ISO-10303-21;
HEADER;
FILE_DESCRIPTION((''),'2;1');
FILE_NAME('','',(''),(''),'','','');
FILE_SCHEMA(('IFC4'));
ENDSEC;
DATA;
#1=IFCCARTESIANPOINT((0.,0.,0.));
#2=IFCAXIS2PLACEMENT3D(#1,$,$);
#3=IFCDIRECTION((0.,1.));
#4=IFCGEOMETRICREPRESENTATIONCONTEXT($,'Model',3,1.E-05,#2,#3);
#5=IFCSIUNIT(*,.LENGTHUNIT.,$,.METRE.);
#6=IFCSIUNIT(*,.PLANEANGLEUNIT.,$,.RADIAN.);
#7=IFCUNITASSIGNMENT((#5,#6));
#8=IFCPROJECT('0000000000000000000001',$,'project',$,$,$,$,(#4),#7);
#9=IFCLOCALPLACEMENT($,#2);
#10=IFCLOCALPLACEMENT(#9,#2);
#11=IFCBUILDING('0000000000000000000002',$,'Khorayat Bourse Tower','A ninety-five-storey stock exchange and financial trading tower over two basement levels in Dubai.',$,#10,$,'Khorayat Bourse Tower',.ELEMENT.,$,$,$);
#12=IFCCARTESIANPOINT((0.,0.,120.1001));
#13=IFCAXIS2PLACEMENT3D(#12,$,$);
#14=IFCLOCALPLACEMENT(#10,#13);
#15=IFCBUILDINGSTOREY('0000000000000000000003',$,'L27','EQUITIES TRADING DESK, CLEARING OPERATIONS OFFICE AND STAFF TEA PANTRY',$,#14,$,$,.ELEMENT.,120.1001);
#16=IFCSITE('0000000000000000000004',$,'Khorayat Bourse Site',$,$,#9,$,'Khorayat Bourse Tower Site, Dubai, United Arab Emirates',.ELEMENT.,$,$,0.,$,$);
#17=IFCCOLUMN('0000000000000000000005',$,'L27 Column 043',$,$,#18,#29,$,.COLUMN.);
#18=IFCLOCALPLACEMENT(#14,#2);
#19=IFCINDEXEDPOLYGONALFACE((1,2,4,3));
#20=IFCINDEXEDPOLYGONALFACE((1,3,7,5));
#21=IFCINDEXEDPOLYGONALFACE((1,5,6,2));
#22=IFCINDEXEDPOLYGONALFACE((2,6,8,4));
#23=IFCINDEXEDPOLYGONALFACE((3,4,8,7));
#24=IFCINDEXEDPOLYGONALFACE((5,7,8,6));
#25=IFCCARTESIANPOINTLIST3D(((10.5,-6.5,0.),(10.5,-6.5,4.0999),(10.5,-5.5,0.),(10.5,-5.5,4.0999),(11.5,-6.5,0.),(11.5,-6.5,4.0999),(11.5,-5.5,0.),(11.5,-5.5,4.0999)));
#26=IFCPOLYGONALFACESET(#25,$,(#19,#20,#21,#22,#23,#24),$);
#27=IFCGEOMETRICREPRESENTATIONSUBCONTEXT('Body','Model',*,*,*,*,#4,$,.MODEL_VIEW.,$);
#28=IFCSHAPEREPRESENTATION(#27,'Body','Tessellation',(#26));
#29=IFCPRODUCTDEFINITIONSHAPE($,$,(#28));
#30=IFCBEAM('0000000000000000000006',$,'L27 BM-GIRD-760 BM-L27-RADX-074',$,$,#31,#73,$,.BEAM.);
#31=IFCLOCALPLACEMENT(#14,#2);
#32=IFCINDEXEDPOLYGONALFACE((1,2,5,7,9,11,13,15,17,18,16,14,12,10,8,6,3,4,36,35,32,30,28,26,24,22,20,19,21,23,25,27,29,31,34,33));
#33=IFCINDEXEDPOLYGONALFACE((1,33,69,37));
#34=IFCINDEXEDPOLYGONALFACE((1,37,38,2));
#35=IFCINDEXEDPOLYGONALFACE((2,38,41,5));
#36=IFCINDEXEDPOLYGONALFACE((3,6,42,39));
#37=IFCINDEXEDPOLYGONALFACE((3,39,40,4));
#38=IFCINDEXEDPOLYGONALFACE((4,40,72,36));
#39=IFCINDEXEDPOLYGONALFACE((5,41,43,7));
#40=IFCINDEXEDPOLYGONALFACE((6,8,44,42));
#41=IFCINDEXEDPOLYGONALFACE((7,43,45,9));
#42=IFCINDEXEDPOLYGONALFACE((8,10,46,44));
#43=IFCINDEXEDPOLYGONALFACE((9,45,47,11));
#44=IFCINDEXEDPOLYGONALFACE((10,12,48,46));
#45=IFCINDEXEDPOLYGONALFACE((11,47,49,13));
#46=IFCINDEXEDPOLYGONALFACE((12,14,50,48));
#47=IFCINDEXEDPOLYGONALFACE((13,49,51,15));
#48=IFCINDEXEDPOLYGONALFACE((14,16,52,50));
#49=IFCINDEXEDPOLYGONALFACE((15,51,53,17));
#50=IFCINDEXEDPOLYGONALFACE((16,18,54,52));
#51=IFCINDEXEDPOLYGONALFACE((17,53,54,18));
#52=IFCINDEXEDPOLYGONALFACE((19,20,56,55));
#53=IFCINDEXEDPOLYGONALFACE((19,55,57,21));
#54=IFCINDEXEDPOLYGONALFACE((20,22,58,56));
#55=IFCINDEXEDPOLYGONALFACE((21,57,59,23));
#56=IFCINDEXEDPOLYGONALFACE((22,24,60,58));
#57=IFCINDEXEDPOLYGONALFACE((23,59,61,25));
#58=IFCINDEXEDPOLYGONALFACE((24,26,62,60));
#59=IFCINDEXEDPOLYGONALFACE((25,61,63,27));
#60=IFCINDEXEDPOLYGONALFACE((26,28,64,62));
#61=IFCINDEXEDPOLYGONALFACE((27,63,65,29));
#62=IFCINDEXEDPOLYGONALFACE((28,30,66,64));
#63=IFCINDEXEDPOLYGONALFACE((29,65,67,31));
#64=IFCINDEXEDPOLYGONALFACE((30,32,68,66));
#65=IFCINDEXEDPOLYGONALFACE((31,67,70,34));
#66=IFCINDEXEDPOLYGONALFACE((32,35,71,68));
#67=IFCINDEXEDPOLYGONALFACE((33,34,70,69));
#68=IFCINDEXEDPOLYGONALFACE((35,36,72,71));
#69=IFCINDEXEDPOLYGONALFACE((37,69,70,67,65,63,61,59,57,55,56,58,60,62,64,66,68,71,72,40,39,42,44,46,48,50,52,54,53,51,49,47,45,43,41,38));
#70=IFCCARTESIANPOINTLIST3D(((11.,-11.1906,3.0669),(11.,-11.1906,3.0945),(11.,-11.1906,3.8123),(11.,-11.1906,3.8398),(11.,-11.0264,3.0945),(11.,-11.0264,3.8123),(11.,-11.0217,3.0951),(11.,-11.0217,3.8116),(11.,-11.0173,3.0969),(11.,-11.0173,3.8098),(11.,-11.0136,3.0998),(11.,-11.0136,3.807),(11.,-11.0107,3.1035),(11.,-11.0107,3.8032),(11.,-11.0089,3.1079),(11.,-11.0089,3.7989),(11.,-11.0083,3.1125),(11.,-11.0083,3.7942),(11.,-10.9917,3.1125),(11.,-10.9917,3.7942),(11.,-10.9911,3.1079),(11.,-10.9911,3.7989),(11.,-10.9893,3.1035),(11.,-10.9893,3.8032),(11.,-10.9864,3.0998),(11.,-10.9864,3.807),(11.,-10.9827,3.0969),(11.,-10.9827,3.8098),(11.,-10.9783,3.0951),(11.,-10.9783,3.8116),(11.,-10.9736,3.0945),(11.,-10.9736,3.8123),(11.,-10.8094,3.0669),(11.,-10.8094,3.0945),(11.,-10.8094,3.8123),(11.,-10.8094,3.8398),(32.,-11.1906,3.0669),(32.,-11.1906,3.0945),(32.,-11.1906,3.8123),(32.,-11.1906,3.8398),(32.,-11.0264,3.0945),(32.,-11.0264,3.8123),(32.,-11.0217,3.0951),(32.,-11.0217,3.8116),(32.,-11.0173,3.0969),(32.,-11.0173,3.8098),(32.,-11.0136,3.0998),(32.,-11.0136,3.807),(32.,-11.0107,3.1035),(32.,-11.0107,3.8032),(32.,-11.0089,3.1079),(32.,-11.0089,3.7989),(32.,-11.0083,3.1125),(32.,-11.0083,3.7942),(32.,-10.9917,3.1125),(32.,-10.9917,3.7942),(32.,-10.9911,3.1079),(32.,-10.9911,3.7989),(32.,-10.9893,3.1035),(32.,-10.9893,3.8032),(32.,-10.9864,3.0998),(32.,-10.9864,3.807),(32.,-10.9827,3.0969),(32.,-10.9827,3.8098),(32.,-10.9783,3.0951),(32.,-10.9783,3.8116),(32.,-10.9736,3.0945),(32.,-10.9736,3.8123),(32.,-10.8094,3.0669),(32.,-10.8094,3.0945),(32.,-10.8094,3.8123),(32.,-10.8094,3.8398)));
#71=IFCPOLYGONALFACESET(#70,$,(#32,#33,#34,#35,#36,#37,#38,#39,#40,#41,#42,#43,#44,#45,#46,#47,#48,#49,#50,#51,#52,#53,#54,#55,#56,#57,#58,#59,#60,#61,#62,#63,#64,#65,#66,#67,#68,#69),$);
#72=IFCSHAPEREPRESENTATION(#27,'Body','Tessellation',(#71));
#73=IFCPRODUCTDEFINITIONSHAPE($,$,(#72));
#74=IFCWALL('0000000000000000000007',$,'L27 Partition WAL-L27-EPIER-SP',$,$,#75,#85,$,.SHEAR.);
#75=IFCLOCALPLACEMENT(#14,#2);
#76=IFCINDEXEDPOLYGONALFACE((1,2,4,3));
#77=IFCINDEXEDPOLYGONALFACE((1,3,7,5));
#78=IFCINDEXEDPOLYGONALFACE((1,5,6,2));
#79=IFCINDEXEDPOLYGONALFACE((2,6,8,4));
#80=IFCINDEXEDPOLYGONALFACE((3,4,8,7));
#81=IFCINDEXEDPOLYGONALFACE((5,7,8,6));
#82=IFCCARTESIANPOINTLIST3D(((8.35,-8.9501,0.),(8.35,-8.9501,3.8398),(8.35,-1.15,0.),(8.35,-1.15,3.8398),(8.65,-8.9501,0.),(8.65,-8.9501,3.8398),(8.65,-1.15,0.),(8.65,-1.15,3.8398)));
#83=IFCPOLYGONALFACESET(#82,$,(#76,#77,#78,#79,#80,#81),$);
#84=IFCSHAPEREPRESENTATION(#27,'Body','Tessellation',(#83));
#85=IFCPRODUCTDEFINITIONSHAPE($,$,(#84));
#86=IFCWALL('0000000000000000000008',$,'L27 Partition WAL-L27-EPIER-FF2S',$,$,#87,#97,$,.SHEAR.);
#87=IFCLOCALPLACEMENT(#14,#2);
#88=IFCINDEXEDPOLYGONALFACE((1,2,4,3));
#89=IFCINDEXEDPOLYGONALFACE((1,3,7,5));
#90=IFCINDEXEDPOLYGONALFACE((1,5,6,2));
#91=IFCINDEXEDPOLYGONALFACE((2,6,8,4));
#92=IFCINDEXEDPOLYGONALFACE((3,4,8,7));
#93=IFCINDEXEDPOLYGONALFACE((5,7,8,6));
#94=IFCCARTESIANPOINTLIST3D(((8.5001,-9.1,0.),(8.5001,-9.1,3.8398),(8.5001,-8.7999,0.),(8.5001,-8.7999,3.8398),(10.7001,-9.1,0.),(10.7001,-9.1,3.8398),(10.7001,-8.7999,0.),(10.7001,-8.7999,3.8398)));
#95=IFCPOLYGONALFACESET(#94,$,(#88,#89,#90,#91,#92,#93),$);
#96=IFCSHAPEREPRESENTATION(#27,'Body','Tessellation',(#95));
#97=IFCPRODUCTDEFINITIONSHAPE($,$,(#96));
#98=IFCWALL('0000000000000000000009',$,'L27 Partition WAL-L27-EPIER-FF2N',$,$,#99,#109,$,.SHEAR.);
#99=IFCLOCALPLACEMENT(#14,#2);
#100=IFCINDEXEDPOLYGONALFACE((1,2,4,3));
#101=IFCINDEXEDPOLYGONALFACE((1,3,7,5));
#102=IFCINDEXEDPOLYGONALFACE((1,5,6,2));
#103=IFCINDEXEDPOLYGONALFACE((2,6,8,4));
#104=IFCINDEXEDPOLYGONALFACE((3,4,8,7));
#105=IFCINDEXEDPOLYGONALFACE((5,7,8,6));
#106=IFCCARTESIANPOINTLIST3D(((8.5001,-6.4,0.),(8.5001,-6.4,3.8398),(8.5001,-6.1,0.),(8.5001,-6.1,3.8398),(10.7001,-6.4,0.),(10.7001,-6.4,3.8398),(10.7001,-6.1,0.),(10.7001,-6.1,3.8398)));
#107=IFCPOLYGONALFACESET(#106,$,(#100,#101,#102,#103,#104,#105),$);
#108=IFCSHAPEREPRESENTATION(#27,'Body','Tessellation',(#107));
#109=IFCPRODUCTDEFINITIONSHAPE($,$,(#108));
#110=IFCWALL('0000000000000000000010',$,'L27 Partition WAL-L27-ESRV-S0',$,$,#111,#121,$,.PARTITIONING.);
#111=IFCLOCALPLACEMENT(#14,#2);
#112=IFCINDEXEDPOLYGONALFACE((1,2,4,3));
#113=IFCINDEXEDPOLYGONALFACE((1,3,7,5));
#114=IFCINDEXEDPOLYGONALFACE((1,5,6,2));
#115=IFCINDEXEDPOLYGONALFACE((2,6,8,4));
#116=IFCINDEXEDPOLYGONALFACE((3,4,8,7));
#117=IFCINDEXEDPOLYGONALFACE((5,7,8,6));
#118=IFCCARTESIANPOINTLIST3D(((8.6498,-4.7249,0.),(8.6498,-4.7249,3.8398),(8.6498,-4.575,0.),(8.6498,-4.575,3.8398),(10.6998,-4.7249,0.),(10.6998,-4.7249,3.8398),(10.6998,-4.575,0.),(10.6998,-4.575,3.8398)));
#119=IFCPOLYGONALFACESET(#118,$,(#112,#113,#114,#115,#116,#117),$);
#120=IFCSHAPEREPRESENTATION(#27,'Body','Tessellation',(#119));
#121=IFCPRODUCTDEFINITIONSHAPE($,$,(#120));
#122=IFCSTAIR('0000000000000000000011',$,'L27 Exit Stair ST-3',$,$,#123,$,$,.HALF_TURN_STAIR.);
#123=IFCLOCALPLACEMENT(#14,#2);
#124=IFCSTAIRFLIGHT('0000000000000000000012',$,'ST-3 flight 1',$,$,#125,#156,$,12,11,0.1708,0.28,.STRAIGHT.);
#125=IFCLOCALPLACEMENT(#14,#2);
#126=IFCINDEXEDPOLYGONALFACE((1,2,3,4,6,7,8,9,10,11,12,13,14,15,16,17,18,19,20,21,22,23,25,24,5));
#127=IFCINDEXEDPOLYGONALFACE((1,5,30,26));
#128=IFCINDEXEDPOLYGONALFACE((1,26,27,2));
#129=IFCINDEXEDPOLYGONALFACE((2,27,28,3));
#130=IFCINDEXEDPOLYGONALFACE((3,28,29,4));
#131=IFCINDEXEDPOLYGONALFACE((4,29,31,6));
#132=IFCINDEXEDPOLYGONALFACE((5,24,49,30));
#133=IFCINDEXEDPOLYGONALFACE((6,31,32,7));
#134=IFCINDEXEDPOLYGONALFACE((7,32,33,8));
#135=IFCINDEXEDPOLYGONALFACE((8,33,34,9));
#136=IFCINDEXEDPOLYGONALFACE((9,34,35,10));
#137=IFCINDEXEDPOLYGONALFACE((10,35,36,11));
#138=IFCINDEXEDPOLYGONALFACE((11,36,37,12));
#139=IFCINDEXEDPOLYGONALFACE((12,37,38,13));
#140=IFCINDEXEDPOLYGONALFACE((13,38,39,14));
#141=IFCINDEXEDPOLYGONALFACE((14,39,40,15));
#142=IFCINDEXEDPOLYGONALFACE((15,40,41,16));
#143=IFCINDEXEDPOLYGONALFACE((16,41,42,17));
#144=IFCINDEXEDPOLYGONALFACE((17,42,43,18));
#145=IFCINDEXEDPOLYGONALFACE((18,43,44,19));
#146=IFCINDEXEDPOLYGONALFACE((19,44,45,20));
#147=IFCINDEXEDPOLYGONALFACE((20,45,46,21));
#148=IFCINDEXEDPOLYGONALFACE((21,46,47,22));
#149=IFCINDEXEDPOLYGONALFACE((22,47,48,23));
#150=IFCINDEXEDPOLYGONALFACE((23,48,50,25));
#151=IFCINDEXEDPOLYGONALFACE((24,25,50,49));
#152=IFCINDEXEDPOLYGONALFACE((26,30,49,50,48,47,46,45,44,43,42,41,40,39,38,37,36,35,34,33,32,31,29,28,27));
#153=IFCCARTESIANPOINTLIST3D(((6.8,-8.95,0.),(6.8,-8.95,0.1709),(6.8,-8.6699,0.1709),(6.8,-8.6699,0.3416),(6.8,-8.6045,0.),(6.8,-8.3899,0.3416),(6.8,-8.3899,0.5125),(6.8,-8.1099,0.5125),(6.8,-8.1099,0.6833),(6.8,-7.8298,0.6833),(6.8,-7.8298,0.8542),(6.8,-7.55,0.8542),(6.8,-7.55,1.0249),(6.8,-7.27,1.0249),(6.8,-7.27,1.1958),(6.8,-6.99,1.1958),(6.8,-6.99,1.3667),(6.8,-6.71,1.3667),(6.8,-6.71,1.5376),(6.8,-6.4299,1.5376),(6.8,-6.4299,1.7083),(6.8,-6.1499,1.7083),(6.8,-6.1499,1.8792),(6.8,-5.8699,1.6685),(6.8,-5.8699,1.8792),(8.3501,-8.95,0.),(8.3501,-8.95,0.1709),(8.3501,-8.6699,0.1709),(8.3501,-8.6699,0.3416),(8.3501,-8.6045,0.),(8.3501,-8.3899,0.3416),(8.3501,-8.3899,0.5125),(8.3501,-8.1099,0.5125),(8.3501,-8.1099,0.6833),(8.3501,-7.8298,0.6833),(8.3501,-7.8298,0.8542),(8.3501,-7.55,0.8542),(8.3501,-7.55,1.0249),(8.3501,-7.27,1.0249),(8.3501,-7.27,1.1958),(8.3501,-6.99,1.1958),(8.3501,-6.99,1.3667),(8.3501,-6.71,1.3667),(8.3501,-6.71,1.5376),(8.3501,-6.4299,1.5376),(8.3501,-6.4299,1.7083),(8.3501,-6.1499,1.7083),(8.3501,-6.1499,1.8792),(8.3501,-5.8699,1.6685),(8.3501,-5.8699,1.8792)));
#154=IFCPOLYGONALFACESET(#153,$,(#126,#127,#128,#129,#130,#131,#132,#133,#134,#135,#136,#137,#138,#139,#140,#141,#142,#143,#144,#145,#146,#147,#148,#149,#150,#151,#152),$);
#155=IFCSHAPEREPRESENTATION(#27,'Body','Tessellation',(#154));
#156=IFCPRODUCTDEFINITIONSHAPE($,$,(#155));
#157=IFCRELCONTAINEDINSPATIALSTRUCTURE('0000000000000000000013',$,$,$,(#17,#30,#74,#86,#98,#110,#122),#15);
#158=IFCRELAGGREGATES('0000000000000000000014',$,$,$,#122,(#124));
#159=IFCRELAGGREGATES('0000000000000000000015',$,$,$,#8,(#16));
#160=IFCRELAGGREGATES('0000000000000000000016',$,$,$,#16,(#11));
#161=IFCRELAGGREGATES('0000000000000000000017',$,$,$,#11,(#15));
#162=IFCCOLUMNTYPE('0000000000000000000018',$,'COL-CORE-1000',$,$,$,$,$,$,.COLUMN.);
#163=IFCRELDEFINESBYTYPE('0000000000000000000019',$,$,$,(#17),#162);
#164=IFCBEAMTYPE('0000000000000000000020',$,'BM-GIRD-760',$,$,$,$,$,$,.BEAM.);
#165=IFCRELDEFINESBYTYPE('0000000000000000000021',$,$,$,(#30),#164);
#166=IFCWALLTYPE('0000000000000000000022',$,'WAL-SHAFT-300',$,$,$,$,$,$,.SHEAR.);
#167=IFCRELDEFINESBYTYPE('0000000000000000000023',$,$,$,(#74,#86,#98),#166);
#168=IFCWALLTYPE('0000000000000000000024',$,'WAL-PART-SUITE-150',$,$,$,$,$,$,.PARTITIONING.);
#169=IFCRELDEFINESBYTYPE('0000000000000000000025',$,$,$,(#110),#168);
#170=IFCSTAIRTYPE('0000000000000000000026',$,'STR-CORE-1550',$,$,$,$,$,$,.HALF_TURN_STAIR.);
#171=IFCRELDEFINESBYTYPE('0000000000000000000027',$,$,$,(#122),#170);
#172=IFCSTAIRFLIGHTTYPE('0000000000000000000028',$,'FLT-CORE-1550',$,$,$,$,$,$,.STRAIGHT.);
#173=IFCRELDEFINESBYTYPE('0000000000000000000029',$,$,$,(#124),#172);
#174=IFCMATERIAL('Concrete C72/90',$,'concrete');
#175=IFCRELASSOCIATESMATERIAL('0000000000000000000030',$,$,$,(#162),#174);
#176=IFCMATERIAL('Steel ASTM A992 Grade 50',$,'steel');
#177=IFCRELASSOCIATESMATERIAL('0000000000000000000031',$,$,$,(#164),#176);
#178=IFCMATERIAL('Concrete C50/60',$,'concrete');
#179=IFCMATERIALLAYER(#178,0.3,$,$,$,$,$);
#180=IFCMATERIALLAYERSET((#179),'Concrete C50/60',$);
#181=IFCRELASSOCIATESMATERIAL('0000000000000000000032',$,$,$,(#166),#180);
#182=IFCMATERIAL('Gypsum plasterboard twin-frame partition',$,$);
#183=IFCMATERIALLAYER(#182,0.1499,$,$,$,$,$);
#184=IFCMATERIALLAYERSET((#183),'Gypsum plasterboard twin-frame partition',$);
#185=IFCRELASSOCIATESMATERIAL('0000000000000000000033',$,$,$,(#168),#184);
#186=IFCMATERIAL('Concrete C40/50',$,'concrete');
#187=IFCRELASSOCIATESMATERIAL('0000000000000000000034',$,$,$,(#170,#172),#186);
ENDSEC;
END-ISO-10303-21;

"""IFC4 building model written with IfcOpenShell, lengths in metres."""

from ifc_helpers import new_model, si_unit, direction, frame, frame_2d, origin, origin_2d, place, context, subcontext, project, spatial, polyline, rectangle, i_section, outline, extrude, source, transform, mapped, material, layer, layer_set, material_profile, profile_set, type_object, element, aggregate, save


model = new_model("IFC4")

# Units and contexts
model_context = context("Model", 3, precision=1e-05, world=origin(), true_north=direction((0.0, 1.0)))
body_context = subcontext(model_context, "Body", "Model", "MODEL_VIEW")
ifc_project = project(units=[si_unit("LENGTHUNIT", "METRE"), si_unit("PLANEANGLEUNIT", "RADIAN")], contexts=[model_context])

# Site, building, storey
site_placement = place(None, origin())
site = spatial("IfcSite", under=ifc_project, at=site_placement, Name="Khorayat Bourse Site", LongName="Khorayat Bourse Tower Site, Dubai, United Arab Emirates", CompositionType="ELEMENT", RefElevation=0.0)
building_placement = place(site_placement, origin())
building = spatial("IfcBuilding", under=site, at=building_placement, Name="Khorayat Bourse Tower", Description="A ninety-five-storey stock exchange and financial trading tower over two basement levels in Dubai.", LongName="Khorayat Bourse Tower", CompositionType="ELEMENT")
storey_placement = place(building_placement, frame((0.0, 0.0, 120.1001)))
storey = spatial("IfcBuildingStorey", under=building, at=storey_placement, Name="L27", Description="EQUITIES TRADING DESK, CLEARING OPERATIONS OFFICE AND STAFF TEA PANTRY", CompositionType="ELEMENT", Elevation=120.1001)

# Column
ifc_material_1 = material(Name="Concrete C72/90", Category="concrete")
ifc_material_profile_1 = material_profile(ifc_material_1, rectangle(XDim=1.0, YDim=1.0, at=origin_2d()), Name="RC 1000x1000")
ifc_profile_set_1 = profile_set([ifc_material_profile_1], Name="Concrete C72/90")
column_type = type_object("IfcColumnType", Name="COL-CORE-1000", PredefinedType="COLUMN", material=ifc_profile_set_1)
shared_shape_1 = source(origin(), body_context, "Body", "SweptSolid", [
    extrude(rectangle(XDim=1.0, YDim=1.0, at=origin_2d()), origin(), (0.0, 0.0, 1.0), 4.0999),
])
column_placement = place(storey_placement, frame((11.0, -6.0, 0.0), z_axis=(0.0, 0.0, 1.0), x_axis=(1.0, 0.0, 0.0)))
element("IfcColumn", 1, at=column_placement, inside=storey, type_object=column_type, Name="L27 Column 043", PredefinedType="COLUMN", context=body_context, shape_type="MappedRepresentation", body=[
    mapped(shared_shape_1, transform((0.0, 0.0, 0.0), scale=1.0)),
])

# Beam
ifc_material_2 = material(Name="Steel ASTM A992 Grade 50", Category="steel")
ifc_material_profile_2 = material_profile(ifc_material_2, i_section(OverallWidth=0.3811, OverallDepth=0.7729, WebThickness=0.0166, FlangeThickness=0.0276, FilletRadius=0.0181, at=origin_2d()), Name="W760X257")
ifc_profile_set_2 = profile_set([ifc_material_profile_2], Name="Steel ASTM A992 Grade 50")
beam_type = type_object("IfcBeamType", Name="BM-GIRD-760", PredefinedType="BEAM", material=ifc_profile_set_2)
shared_shape_2 = source(origin(), body_context, "Body", "SweptSolid", [
    extrude(i_section(OverallWidth=0.3811, OverallDepth=0.7729, WebThickness=0.0166, FlangeThickness=0.0276, FilletRadius=0.0181, at=origin_2d()), origin(), (0.0, 0.0, 1.0), 21.0),
])
beam_placement = place(storey_placement, frame((11.0, -11.0, 3.4534), z_axis=(1.0, 0.0, 0.0), x_axis=(0.0, 1.0, 0.0)))
element("IfcBeam", 2, at=beam_placement, inside=storey, type_object=beam_type, Name="L27 BM-GIRD-760 BM-L27-RADX-074", PredefinedType="BEAM", context=body_context, shape_type="MappedRepresentation", body=[
    mapped(shared_shape_2, transform((0.0, 0.0, 0.0), scale=1.0)),
])

# Walls
ifc_material_3 = material(Name="Concrete C50/60", Category="concrete")
ifc_layer_1 = layer(ifc_material_3, 0.3)
ifc_layer_set_1 = layer_set([ifc_layer_1], Name="Concrete C50/60")
wall_type_1 = type_object("IfcWallType", Name="WAL-SHAFT-300", PredefinedType="SHEAR", material=ifc_layer_set_1)
shared_shape_3 = source(origin(), body_context, "Body", "SweptSolid", [
    extrude(rectangle(XDim=7.8, YDim=0.3, at=frame_2d((3.8999, 0.0))), origin(), (0.0, 0.0, 1.0), 3.8398),
])
wall_1_placement = place(storey_placement, frame((8.5, -8.95, 0.0), z_axis=(0.0, 0.0, 1.0), x_axis=(0.0, 1.0, 0.0)))
element("IfcWall", 3, at=wall_1_placement, inside=storey, type_object=wall_type_1, Name="L27 Partition WAL-L27-EPIER-SP", PredefinedType="SHEAR", context=body_context, shape_type="MappedRepresentation", body=[
    mapped(shared_shape_3, transform((0.0, 0.0, 0.0), scale=1.0)),
])
shared_shape_4 = source(origin(), body_context, "Body", "SweptSolid", [
    extrude(rectangle(XDim=2.2, YDim=0.3, at=frame_2d((1.1001, 0.0))), origin(), (0.0, 0.0, 1.0), 3.8398),
])
for number, where, z_axis, x_axis, name in (
    (4, (8.5, -8.95, 0.0), (0.0, 0.0, 1.0), (1.0, 0.0, 0.0), "L27 Partition WAL-L27-EPIER-FF2S"),
    (5, (8.5, -6.25, 0.0), (0.0, 0.0, 1.0), (1.0, 0.0, 0.0), "L27 Partition WAL-L27-EPIER-FF2N"),
):
    element("IfcWall", number, at=place(storey_placement, frame(where, z_axis=z_axis, x_axis=x_axis)), inside=storey, type_object=wall_type_1, Name=name, PredefinedType="SHEAR", context=body_context, shape_type="MappedRepresentation", body=[
        mapped(shared_shape_4, transform((0.0, 0.0, 0.0), scale=1.0)),
    ])
ifc_material_4 = material(Name="Gypsum plasterboard twin-frame partition")
ifc_layer_2 = layer(ifc_material_4, 0.1499)
ifc_layer_set_2 = layer_set([ifc_layer_2], Name="Gypsum plasterboard twin-frame partition")
wall_type_2 = type_object("IfcWallType", Name="WAL-PART-SUITE-150", PredefinedType="PARTITIONING", material=ifc_layer_set_2)
shared_shape_5 = source(origin(), body_context, "Body", "SweptSolid", [
    extrude(rectangle(XDim=2.05, YDim=0.1499, at=frame_2d((1.0249, 0.0))), origin(), (0.0, 0.0, 1.0), 3.8398),
])
wall_2_placement = place(storey_placement, frame((8.6499, -4.6499, 0.0), z_axis=(0.0, 0.0, 1.0), x_axis=(1.0, 0.0, 0.0)))
element("IfcWall", 6, at=wall_2_placement, inside=storey, type_object=wall_type_2, Name="L27 Partition WAL-L27-ESRV-S0", PredefinedType="PARTITIONING", context=body_context, shape_type="MappedRepresentation", body=[
    mapped(shared_shape_5, transform((0.0, 0.0, 0.0), scale=1.0)),
])

# Stair, stair flight
ifc_material_5 = material(Name="Concrete C40/50", Category="concrete")
stair_type = type_object("IfcStairType", Name="STR-CORE-1550", PredefinedType="HALF_TURN_STAIR", material=ifc_material_5)
stair_placement = place(storey_placement, origin())
stair = element("IfcStair", 7, at=stair_placement, inside=storey, type_object=stair_type, Name="L27 Exit Stair ST-3", PredefinedType="HALF_TURN_STAIR")
stair_flight_type = type_object("IfcStairFlightType", Name="FLT-CORE-1550", PredefinedType="STRAIGHT", material=ifc_material_5)
shared_shape_6 = source(origin(), body_context, "Body", "SweptSolid", [
    extrude(outline(polyline([(0.0, 0.0), (0.0, 0.1709), (0.28, 0.1709), (0.28, 0.3416), (0.5601, 0.3416), (0.5601, 0.5125), (0.8401, 0.5125), (0.8401, 0.6833), (1.1201, 0.6833), (1.1201, 0.8542), (1.3999, 0.8542), (1.3999, 1.0249), (1.6799, 1.0249), (1.6799, 1.1958), (1.96, 1.1958), (1.96, 1.3667), (2.24, 1.3667), (2.24, 1.5376), (2.52, 1.5376), (2.52, 1.7083), (2.8, 1.7083), (2.8, 1.8792), (3.0801, 1.8792), (3.0801, 2.05), (3.0801, 1.6685), (0.3455, 0.0), (0.0, 0.0)])), frame((0.0, 0.7749, 0.0), z_axis=(0.0, -1.0, 0.0), x_axis=(1.0, 0.0, 0.0)), (0.0, 0.0, 1.0), 1.55),
])
stair_flight_placement = place(storey_placement, frame((7.575, -8.95, 0.0), z_axis=(0.0, 0.0, 1.0), x_axis=(0.0, 1.0, 0.0)))
stair_flight = element("IfcStairFlight", 8, at=stair_flight_placement, type_object=stair_flight_type, Name="ST-3 flight 1", NumberOfRisers=12, NumberOfTreads=11, PredefinedType="STRAIGHT", RiserHeight=0.1708, TreadLength=0.28, context=body_context, shape_type="MappedRepresentation", body=[
    mapped(shared_shape_6, transform((0.0, 0.0, 0.0), scale=1.0)),
])
aggregate(stair, [stair_flight])

save(model, "model.ifc")
